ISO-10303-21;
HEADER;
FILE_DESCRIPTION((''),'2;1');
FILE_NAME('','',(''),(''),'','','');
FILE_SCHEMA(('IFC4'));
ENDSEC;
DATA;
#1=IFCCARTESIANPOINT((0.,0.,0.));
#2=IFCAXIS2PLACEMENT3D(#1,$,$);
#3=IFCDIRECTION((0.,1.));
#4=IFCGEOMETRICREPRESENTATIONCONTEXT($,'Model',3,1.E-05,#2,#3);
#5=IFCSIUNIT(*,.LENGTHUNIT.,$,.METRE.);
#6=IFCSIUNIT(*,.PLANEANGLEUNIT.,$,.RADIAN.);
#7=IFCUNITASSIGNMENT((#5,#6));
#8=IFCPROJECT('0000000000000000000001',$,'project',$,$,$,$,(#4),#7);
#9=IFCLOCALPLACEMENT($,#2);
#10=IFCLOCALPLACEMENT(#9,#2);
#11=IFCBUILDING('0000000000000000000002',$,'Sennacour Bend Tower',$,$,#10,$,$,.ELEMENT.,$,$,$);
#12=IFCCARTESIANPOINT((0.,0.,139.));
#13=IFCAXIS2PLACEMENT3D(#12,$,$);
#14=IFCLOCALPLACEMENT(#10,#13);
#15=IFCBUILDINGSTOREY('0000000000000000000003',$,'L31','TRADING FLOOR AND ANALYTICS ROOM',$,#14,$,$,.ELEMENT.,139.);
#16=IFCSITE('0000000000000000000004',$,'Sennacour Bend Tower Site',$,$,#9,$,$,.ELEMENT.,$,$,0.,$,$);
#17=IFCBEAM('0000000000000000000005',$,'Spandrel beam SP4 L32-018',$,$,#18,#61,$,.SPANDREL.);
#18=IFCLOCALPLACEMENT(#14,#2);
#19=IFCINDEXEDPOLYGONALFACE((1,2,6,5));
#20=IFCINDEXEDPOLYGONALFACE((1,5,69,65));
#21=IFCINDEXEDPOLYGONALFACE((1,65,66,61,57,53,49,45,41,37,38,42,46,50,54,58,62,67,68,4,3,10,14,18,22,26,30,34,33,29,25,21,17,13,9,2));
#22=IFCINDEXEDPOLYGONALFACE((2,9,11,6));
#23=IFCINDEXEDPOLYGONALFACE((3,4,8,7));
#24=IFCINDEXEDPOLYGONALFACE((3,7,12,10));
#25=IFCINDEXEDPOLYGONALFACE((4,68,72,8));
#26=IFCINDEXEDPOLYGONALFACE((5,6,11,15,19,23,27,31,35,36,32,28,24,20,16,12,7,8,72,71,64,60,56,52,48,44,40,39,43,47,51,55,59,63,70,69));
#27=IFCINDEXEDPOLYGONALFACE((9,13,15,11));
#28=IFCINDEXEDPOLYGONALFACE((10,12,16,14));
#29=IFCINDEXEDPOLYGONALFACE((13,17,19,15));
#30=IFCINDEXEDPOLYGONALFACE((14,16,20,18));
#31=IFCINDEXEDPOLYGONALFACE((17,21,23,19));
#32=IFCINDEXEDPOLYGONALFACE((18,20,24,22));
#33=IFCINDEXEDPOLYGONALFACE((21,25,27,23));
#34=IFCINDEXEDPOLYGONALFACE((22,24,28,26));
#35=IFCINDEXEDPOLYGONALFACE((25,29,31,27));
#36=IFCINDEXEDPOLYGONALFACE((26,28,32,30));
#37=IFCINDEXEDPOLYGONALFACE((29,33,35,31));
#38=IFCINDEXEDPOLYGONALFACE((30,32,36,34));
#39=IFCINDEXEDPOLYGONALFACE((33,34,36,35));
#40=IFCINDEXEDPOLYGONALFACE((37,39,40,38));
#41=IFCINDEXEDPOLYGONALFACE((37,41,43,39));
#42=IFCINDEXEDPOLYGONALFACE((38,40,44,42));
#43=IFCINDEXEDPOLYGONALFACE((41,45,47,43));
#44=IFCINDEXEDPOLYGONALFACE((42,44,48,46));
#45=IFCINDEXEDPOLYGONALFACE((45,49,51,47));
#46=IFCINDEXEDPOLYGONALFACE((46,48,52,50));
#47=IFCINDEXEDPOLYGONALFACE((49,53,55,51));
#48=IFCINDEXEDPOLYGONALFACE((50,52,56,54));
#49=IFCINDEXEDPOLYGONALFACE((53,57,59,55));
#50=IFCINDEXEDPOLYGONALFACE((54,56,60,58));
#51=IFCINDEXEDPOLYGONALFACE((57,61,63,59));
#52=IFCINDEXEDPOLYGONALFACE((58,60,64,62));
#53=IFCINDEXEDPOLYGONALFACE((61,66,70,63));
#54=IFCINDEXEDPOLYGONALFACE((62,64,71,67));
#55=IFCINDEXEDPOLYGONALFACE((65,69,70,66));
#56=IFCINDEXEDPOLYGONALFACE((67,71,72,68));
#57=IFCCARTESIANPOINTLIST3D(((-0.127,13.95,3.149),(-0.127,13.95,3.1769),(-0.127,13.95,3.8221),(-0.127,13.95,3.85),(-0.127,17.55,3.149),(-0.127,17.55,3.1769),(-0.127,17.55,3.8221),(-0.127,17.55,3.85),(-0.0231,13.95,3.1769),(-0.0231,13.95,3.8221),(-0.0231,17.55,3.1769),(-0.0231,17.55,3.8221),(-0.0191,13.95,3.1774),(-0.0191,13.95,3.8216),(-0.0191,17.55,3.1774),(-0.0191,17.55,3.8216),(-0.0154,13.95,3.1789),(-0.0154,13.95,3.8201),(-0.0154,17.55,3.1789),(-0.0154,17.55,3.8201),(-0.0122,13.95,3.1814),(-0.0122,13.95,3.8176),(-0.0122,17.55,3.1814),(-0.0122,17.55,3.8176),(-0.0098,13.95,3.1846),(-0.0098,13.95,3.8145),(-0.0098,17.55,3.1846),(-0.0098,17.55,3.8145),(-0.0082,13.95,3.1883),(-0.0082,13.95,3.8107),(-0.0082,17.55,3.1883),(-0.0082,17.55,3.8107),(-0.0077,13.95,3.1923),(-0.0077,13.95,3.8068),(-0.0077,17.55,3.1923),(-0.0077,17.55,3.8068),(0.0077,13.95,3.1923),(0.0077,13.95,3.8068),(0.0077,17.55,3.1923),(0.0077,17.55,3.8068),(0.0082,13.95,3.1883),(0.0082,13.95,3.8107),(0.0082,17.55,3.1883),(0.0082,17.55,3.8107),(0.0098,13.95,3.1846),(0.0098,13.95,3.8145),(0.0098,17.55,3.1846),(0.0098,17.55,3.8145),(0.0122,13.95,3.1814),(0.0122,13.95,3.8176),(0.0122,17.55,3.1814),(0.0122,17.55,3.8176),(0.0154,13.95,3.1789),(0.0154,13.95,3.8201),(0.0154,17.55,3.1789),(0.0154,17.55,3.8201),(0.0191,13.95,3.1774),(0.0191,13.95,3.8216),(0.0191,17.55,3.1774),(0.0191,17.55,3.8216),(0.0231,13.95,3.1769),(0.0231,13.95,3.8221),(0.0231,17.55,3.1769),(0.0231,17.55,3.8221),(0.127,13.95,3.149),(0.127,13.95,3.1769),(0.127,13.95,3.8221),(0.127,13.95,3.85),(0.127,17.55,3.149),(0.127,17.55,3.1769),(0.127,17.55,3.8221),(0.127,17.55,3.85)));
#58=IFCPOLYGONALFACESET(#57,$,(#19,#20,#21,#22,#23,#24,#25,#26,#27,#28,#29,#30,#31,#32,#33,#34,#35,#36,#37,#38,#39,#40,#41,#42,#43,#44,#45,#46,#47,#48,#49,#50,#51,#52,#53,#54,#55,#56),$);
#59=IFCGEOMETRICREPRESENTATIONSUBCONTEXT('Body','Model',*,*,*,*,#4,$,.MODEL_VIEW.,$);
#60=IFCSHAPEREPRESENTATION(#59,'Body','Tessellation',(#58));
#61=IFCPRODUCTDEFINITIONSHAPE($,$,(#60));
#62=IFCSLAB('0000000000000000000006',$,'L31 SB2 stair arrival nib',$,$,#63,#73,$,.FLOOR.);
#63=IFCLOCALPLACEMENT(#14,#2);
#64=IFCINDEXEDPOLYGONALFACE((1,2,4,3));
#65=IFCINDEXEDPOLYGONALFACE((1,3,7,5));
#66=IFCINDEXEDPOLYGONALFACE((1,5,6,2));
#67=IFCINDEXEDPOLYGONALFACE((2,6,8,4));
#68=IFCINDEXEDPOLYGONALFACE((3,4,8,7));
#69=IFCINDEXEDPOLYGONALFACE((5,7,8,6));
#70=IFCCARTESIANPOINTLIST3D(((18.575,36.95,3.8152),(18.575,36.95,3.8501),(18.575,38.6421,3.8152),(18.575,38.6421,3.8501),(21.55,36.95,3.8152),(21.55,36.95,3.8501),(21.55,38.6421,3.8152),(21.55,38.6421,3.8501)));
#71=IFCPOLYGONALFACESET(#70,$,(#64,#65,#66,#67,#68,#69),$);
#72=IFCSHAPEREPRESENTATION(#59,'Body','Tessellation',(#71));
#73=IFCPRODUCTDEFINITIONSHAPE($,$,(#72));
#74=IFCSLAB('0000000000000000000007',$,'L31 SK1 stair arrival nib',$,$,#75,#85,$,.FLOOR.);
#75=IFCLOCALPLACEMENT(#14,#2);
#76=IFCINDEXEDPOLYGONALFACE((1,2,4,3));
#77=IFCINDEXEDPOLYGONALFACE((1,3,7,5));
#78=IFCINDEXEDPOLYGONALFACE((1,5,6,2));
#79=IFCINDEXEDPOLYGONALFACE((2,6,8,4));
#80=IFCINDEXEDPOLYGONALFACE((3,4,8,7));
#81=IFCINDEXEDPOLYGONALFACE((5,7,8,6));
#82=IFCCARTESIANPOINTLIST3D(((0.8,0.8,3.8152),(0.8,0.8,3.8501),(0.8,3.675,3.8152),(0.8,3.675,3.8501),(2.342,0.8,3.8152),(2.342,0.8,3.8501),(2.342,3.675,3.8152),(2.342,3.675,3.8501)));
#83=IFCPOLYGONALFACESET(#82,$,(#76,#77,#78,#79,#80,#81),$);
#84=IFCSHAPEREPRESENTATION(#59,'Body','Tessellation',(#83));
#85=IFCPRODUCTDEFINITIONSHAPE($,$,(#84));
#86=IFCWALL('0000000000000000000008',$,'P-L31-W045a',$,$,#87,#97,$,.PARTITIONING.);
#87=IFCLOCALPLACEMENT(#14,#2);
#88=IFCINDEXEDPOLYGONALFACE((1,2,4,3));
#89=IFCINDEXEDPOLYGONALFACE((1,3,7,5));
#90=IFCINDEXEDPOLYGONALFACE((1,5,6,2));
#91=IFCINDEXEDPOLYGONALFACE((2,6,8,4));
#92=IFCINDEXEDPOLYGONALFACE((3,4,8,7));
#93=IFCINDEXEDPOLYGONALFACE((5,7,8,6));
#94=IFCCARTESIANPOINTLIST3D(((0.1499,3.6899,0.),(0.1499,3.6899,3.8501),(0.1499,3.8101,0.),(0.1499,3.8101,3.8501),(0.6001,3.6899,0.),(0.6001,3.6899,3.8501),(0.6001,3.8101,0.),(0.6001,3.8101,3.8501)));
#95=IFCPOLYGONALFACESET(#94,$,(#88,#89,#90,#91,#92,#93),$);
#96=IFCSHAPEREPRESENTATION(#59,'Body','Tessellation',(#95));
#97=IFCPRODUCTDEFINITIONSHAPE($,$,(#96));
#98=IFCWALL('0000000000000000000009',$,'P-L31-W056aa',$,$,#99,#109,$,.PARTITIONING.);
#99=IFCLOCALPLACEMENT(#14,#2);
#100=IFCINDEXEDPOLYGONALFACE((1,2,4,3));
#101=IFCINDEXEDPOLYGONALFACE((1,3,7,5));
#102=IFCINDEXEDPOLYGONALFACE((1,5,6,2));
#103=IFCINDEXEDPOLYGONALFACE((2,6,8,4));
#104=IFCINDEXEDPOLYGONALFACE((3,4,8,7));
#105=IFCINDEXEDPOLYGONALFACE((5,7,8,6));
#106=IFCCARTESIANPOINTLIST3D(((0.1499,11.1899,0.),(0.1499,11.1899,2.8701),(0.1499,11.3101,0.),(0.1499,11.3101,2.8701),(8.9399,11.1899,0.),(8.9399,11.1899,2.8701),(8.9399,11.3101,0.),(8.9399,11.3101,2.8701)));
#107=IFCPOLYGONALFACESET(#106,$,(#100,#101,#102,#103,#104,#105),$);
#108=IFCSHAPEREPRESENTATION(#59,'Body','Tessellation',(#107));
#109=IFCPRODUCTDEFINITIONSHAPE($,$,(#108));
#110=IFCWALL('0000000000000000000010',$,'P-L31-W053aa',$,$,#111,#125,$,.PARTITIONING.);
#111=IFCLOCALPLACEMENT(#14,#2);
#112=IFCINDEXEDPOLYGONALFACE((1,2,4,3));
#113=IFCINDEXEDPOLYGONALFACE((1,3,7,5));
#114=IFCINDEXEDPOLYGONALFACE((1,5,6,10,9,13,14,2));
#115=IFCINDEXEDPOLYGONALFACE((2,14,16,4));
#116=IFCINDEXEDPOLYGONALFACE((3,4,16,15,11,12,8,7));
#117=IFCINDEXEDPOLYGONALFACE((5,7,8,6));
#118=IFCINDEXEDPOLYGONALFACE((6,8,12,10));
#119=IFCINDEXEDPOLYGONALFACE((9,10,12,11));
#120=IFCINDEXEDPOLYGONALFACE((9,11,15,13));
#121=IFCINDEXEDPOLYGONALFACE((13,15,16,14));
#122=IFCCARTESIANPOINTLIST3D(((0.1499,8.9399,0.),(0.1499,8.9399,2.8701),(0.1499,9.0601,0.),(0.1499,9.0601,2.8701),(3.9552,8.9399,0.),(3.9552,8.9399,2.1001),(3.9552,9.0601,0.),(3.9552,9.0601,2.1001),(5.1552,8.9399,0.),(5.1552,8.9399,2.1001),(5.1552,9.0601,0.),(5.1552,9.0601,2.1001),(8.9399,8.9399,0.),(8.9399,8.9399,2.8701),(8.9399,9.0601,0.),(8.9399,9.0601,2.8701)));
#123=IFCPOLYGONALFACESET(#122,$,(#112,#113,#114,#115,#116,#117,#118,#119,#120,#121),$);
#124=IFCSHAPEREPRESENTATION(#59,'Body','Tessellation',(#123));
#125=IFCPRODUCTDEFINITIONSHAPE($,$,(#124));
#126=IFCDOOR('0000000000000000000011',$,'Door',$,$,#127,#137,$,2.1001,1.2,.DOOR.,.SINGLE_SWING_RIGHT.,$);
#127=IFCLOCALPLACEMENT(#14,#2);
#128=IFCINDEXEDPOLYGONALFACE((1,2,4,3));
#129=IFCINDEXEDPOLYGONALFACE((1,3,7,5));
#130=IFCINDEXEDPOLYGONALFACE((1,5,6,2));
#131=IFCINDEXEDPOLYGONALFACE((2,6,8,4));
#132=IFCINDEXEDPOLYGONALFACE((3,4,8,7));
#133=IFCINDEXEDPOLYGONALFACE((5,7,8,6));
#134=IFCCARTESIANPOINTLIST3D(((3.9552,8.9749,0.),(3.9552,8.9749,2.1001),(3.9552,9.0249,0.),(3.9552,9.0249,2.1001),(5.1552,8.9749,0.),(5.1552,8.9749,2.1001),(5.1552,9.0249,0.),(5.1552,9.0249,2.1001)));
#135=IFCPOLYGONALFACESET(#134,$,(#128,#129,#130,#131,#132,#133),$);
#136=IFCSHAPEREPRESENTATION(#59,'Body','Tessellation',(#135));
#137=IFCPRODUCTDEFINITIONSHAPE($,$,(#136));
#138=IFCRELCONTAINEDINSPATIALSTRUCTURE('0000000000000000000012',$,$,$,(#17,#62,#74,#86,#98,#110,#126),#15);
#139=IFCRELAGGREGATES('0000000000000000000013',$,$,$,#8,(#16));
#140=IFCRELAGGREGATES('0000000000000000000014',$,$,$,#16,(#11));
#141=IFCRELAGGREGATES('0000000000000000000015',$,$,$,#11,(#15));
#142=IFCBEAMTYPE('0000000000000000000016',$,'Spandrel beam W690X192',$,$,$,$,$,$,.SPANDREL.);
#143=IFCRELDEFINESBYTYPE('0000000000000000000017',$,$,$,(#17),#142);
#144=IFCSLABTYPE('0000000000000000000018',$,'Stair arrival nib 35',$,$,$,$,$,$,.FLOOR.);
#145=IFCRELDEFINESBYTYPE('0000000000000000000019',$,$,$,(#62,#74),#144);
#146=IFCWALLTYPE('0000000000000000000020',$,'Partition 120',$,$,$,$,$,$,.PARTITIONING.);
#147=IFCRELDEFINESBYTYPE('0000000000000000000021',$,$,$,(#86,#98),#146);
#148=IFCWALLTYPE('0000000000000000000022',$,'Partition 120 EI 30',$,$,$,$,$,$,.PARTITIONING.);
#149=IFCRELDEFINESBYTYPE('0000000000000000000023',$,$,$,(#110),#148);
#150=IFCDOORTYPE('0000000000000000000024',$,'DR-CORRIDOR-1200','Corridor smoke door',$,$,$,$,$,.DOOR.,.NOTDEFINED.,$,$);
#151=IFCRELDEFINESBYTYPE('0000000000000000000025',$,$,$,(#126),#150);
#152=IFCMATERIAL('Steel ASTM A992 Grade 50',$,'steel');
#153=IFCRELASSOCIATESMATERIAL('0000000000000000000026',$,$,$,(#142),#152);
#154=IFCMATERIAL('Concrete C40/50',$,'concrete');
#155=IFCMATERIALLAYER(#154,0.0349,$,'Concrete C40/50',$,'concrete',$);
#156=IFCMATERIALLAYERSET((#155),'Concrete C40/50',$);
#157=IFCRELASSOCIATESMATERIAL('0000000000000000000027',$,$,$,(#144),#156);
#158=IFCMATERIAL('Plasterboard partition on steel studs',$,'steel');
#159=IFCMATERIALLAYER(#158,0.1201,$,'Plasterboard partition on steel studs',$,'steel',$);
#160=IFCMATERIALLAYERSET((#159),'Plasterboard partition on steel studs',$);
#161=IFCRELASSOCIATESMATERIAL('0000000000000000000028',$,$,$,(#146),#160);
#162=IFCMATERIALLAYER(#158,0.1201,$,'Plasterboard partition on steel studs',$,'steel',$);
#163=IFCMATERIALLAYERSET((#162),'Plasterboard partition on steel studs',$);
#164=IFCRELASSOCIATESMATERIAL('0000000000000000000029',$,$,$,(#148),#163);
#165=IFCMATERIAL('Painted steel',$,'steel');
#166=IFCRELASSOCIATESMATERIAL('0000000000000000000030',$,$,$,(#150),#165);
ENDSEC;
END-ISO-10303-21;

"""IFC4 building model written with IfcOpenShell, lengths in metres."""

from ifc_helpers import new_model, si_unit, direction, frame, frame_2d, origin, origin_2d, place, context, subcontext, project, spatial, polyline, rectangle, i_section, outline, extrude, material, layer, layer_set, material_profile, profile_set, type_object, element, fill, save


model = new_model("IFC4")

# Units and contexts
model_context = context("Model", 3, precision=1e-05, world=origin(), true_north=direction((0.0, 1.0)))
body_context = subcontext(model_context, "Body", "Model", "MODEL_VIEW")
ifc_project = project(units=[si_unit("LENGTHUNIT", "METRE"), si_unit("PLANEANGLEUNIT", "RADIAN")], contexts=[model_context])

# Site, building, storey
site_placement = place(None, origin())
site = spatial("IfcSite", under=ifc_project, at=site_placement, Name="Sennacour Bend Tower Site", CompositionType="ELEMENT", RefElevation=0.0)
building_placement = place(site_placement, origin())
building = spatial("IfcBuilding", under=site, at=building_placement, Name="Sennacour Bend Tower", CompositionType="ELEMENT")
storey_placement = place(building_placement, frame((0.0, 0.0, 139.0)))
storey = spatial("IfcBuildingStorey", under=building, at=storey_placement, Name="L31", Description="TRADING FLOOR AND ANALYTICS ROOM", CompositionType="ELEMENT", Elevation=139.0)

# Beam
ifc_material_1 = material(Name="Steel ASTM A992 Grade 50", Category="steel")
ifc_material_profile_1 = material_profile(ifc_material_1, i_section(OverallWidth=0.2539, OverallDepth=0.7009, WebThickness=0.0154, FlangeThickness=0.0278, FilletRadius=0.0154, at=origin_2d()), Name="Steel ASTM A992 Grade 50", Category="steel")
ifc_profile_set_1 = profile_set([ifc_material_profile_1], Name="Steel ASTM A992 Grade 50")
beam_type = type_object("IfcBeamType", Name="Spandrel beam W690X192", PredefinedType="SPANDREL", material=ifc_profile_set_1)
for number, where, z_axis, x_axis, name in (
    (1, (0.0, 13.95, 3.4995), (0.0, 1.0, 0.0), (-1.0, 0.0, 0.0), "Spandrel beam SP4 L32-018"),
):
    element("IfcBeam", number, at=place(storey_placement, frame(where, z_axis=z_axis, x_axis=x_axis)), inside=storey, type_object=beam_type, Name=name, PredefinedType="SPANDREL", context=body_context, shape_type="SweptSolid", body=[
        extrude(i_section(OverallWidth=0.2539, OverallDepth=0.7009, WebThickness=0.0154, FlangeThickness=0.0278, FilletRadius=0.0154, at=origin_2d()), origin(), (0.0, 0.0, 1.0), 3.6001),
    ])

# Slabs
ifc_material_2 = material(Name="Concrete C40/50", Category="concrete")
ifc_layer_1 = layer(ifc_material_2, 0.0349, Name="Concrete C40/50", Category="concrete")
ifc_layer_set_1 = layer_set([ifc_layer_1], Name="Concrete C40/50")
slab_type = type_object("IfcSlabType", Name="Stair arrival nib 35", PredefinedType="FLOOR", material=ifc_layer_set_1)
slab_1_placement = place(storey_placement, frame((0.0, 0.0, 3.8152)))
element("IfcSlab", 2, at=slab_1_placement, inside=storey, type_object=slab_type, Name="L31 SB2 stair arrival nib", PredefinedType="FLOOR", context=body_context, shape_type="SweptSolid", body=[
    extrude(outline(polyline([(18.575, 38.6421), (18.575, 36.95), (21.55, 36.95), (21.55, 38.6421), (18.575, 38.6421)])), origin(), (0.0, 0.0, 1.0), 0.0349),
])
slab_2_placement = place(storey_placement, frame((0.0, 0.0, 3.8152)))
element("IfcSlab", 3, at=slab_2_placement, inside=storey, type_object=slab_type, Name="L31 SK1 stair arrival nib", PredefinedType="FLOOR", context=body_context, shape_type="SweptSolid", body=[
    extrude(outline(polyline([(2.342, 3.675), (0.8, 3.675), (0.8, 0.8), (2.342, 0.8), (2.342, 3.675)])), origin(), (0.0, 0.0, 1.0), 0.0349),
])

# Walls
ifc_material_3 = material(Name="Plasterboard partition on steel studs", Category="steel")
ifc_layer_2 = layer(ifc_material_3, 0.1201, Name="Plasterboard partition on steel studs", Category="steel")
ifc_layer_set_2 = layer_set([ifc_layer_2], Name="Plasterboard partition on steel studs")
wall_type_1 = type_object("IfcWallType", Name="Partition 120", PredefinedType="PARTITIONING", material=ifc_layer_set_2)
wall_1_placement = place(storey_placement, frame((0.1499, 3.75, 0.0), z_axis=(0.0, 0.0, 1.0), x_axis=(1.0, 0.0, 0.0)))
element("IfcWall", 4, at=wall_1_placement, inside=storey, type_object=wall_type_1, Name="P-L31-W045a", PredefinedType="PARTITIONING", context=body_context, shape_type="SweptSolid", body=[
    extrude(rectangle(XDim=0.4502, YDim=0.1201, at=frame_2d((0.2251, 0.0))), origin(), (0.0, 0.0, 1.0), 3.8501),
])
wall_2_placement = place(storey_placement, frame((0.1499, 11.25, 0.0), z_axis=(0.0, 0.0, 1.0), x_axis=(1.0, 0.0, 0.0)))
element("IfcWall", 5, at=wall_2_placement, inside=storey, type_object=wall_type_1, Name="P-L31-W056aa", PredefinedType="PARTITIONING", context=body_context, shape_type="SweptSolid", body=[
    extrude(rectangle(XDim=8.79, YDim=0.1201, at=frame_2d((4.395, 0.0))), origin(), (0.0, 0.0, 1.0), 2.8701),
])

# Wall, opening, door
ifc_layer_3 = layer(ifc_material_3, 0.1201, Name="Plasterboard partition on steel studs", Category="steel")
ifc_layer_set_3 = layer_set([ifc_layer_3], Name="Plasterboard partition on steel studs")
wall_type_2 = type_object("IfcWallType", Name="Partition 120 EI 30", PredefinedType="PARTITIONING", material=ifc_layer_set_3)
wall_3_placement = place(storey_placement, frame((0.1499, 9.0, 0.0), z_axis=(0.0, 0.0, 1.0), x_axis=(1.0, 0.0, 0.0)))
wall_3 = element("IfcWall", 6, at=wall_3_placement, inside=storey, type_object=wall_type_2, Name="P-L31-W053aa", PredefinedType="PARTITIONING", context=body_context, shape_type="SweptSolid", body=[
    extrude(rectangle(XDim=8.79, YDim=0.1201, at=frame_2d((4.395, 0.0))), origin(), (0.0, 0.0, 1.0), 2.8701),
])
opening_1_placement = place(wall_3_placement, frame((3.8052, 0.0, 0.0)))
opening_1 = element("IfcOpeningElement", 7, at=opening_1_placement, cuts=wall_3, PredefinedType="OPENING", context=body_context, shape_type="SweptSolid", body=[
    extrude(rectangle(XDim=1.2, YDim=2.1001, at=frame_2d((0.6001, 1.05))), frame((0.0, 0.0701, 0.0), z_axis=(0.0, -1.0, 0.0), x_axis=(1.0, 0.0, 0.0)), (0.0, 0.0, 1.0), 0.1401),
])
ifc_material_4 = material(Name="Painted steel", Category="steel")
door_type_1 = type_object("IfcDoorType", Name="DR-CORRIDOR-1200", Description="Corridor smoke door", OperationType="NOTDEFINED", PredefinedType="DOOR", material=ifc_material_4)
door_1_placement = place(opening_1_placement, origin())
door_1 = element("IfcDoor", 8, at=door_1_placement, inside=storey, type_object=door_type_1, Name="Door", OperationType="SINGLE_SWING_RIGHT", OverallHeight=2.1001, OverallWidth=1.2, PredefinedType="DOOR", context=body_context, shape_type="SweptSolid", body=[
    extrude(rectangle(XDim=1.2, YDim=2.1001, at=frame_2d((0.6001, 1.05))), frame((0.0, 0.0249, 0.0), z_axis=(0.0, -1.0, 0.0), x_axis=(1.0, 0.0, 0.0)), (0.0, 0.0, 1.0), 0.05),
])
fill(opening_1, door_1)

save(model, "model.ifc")
